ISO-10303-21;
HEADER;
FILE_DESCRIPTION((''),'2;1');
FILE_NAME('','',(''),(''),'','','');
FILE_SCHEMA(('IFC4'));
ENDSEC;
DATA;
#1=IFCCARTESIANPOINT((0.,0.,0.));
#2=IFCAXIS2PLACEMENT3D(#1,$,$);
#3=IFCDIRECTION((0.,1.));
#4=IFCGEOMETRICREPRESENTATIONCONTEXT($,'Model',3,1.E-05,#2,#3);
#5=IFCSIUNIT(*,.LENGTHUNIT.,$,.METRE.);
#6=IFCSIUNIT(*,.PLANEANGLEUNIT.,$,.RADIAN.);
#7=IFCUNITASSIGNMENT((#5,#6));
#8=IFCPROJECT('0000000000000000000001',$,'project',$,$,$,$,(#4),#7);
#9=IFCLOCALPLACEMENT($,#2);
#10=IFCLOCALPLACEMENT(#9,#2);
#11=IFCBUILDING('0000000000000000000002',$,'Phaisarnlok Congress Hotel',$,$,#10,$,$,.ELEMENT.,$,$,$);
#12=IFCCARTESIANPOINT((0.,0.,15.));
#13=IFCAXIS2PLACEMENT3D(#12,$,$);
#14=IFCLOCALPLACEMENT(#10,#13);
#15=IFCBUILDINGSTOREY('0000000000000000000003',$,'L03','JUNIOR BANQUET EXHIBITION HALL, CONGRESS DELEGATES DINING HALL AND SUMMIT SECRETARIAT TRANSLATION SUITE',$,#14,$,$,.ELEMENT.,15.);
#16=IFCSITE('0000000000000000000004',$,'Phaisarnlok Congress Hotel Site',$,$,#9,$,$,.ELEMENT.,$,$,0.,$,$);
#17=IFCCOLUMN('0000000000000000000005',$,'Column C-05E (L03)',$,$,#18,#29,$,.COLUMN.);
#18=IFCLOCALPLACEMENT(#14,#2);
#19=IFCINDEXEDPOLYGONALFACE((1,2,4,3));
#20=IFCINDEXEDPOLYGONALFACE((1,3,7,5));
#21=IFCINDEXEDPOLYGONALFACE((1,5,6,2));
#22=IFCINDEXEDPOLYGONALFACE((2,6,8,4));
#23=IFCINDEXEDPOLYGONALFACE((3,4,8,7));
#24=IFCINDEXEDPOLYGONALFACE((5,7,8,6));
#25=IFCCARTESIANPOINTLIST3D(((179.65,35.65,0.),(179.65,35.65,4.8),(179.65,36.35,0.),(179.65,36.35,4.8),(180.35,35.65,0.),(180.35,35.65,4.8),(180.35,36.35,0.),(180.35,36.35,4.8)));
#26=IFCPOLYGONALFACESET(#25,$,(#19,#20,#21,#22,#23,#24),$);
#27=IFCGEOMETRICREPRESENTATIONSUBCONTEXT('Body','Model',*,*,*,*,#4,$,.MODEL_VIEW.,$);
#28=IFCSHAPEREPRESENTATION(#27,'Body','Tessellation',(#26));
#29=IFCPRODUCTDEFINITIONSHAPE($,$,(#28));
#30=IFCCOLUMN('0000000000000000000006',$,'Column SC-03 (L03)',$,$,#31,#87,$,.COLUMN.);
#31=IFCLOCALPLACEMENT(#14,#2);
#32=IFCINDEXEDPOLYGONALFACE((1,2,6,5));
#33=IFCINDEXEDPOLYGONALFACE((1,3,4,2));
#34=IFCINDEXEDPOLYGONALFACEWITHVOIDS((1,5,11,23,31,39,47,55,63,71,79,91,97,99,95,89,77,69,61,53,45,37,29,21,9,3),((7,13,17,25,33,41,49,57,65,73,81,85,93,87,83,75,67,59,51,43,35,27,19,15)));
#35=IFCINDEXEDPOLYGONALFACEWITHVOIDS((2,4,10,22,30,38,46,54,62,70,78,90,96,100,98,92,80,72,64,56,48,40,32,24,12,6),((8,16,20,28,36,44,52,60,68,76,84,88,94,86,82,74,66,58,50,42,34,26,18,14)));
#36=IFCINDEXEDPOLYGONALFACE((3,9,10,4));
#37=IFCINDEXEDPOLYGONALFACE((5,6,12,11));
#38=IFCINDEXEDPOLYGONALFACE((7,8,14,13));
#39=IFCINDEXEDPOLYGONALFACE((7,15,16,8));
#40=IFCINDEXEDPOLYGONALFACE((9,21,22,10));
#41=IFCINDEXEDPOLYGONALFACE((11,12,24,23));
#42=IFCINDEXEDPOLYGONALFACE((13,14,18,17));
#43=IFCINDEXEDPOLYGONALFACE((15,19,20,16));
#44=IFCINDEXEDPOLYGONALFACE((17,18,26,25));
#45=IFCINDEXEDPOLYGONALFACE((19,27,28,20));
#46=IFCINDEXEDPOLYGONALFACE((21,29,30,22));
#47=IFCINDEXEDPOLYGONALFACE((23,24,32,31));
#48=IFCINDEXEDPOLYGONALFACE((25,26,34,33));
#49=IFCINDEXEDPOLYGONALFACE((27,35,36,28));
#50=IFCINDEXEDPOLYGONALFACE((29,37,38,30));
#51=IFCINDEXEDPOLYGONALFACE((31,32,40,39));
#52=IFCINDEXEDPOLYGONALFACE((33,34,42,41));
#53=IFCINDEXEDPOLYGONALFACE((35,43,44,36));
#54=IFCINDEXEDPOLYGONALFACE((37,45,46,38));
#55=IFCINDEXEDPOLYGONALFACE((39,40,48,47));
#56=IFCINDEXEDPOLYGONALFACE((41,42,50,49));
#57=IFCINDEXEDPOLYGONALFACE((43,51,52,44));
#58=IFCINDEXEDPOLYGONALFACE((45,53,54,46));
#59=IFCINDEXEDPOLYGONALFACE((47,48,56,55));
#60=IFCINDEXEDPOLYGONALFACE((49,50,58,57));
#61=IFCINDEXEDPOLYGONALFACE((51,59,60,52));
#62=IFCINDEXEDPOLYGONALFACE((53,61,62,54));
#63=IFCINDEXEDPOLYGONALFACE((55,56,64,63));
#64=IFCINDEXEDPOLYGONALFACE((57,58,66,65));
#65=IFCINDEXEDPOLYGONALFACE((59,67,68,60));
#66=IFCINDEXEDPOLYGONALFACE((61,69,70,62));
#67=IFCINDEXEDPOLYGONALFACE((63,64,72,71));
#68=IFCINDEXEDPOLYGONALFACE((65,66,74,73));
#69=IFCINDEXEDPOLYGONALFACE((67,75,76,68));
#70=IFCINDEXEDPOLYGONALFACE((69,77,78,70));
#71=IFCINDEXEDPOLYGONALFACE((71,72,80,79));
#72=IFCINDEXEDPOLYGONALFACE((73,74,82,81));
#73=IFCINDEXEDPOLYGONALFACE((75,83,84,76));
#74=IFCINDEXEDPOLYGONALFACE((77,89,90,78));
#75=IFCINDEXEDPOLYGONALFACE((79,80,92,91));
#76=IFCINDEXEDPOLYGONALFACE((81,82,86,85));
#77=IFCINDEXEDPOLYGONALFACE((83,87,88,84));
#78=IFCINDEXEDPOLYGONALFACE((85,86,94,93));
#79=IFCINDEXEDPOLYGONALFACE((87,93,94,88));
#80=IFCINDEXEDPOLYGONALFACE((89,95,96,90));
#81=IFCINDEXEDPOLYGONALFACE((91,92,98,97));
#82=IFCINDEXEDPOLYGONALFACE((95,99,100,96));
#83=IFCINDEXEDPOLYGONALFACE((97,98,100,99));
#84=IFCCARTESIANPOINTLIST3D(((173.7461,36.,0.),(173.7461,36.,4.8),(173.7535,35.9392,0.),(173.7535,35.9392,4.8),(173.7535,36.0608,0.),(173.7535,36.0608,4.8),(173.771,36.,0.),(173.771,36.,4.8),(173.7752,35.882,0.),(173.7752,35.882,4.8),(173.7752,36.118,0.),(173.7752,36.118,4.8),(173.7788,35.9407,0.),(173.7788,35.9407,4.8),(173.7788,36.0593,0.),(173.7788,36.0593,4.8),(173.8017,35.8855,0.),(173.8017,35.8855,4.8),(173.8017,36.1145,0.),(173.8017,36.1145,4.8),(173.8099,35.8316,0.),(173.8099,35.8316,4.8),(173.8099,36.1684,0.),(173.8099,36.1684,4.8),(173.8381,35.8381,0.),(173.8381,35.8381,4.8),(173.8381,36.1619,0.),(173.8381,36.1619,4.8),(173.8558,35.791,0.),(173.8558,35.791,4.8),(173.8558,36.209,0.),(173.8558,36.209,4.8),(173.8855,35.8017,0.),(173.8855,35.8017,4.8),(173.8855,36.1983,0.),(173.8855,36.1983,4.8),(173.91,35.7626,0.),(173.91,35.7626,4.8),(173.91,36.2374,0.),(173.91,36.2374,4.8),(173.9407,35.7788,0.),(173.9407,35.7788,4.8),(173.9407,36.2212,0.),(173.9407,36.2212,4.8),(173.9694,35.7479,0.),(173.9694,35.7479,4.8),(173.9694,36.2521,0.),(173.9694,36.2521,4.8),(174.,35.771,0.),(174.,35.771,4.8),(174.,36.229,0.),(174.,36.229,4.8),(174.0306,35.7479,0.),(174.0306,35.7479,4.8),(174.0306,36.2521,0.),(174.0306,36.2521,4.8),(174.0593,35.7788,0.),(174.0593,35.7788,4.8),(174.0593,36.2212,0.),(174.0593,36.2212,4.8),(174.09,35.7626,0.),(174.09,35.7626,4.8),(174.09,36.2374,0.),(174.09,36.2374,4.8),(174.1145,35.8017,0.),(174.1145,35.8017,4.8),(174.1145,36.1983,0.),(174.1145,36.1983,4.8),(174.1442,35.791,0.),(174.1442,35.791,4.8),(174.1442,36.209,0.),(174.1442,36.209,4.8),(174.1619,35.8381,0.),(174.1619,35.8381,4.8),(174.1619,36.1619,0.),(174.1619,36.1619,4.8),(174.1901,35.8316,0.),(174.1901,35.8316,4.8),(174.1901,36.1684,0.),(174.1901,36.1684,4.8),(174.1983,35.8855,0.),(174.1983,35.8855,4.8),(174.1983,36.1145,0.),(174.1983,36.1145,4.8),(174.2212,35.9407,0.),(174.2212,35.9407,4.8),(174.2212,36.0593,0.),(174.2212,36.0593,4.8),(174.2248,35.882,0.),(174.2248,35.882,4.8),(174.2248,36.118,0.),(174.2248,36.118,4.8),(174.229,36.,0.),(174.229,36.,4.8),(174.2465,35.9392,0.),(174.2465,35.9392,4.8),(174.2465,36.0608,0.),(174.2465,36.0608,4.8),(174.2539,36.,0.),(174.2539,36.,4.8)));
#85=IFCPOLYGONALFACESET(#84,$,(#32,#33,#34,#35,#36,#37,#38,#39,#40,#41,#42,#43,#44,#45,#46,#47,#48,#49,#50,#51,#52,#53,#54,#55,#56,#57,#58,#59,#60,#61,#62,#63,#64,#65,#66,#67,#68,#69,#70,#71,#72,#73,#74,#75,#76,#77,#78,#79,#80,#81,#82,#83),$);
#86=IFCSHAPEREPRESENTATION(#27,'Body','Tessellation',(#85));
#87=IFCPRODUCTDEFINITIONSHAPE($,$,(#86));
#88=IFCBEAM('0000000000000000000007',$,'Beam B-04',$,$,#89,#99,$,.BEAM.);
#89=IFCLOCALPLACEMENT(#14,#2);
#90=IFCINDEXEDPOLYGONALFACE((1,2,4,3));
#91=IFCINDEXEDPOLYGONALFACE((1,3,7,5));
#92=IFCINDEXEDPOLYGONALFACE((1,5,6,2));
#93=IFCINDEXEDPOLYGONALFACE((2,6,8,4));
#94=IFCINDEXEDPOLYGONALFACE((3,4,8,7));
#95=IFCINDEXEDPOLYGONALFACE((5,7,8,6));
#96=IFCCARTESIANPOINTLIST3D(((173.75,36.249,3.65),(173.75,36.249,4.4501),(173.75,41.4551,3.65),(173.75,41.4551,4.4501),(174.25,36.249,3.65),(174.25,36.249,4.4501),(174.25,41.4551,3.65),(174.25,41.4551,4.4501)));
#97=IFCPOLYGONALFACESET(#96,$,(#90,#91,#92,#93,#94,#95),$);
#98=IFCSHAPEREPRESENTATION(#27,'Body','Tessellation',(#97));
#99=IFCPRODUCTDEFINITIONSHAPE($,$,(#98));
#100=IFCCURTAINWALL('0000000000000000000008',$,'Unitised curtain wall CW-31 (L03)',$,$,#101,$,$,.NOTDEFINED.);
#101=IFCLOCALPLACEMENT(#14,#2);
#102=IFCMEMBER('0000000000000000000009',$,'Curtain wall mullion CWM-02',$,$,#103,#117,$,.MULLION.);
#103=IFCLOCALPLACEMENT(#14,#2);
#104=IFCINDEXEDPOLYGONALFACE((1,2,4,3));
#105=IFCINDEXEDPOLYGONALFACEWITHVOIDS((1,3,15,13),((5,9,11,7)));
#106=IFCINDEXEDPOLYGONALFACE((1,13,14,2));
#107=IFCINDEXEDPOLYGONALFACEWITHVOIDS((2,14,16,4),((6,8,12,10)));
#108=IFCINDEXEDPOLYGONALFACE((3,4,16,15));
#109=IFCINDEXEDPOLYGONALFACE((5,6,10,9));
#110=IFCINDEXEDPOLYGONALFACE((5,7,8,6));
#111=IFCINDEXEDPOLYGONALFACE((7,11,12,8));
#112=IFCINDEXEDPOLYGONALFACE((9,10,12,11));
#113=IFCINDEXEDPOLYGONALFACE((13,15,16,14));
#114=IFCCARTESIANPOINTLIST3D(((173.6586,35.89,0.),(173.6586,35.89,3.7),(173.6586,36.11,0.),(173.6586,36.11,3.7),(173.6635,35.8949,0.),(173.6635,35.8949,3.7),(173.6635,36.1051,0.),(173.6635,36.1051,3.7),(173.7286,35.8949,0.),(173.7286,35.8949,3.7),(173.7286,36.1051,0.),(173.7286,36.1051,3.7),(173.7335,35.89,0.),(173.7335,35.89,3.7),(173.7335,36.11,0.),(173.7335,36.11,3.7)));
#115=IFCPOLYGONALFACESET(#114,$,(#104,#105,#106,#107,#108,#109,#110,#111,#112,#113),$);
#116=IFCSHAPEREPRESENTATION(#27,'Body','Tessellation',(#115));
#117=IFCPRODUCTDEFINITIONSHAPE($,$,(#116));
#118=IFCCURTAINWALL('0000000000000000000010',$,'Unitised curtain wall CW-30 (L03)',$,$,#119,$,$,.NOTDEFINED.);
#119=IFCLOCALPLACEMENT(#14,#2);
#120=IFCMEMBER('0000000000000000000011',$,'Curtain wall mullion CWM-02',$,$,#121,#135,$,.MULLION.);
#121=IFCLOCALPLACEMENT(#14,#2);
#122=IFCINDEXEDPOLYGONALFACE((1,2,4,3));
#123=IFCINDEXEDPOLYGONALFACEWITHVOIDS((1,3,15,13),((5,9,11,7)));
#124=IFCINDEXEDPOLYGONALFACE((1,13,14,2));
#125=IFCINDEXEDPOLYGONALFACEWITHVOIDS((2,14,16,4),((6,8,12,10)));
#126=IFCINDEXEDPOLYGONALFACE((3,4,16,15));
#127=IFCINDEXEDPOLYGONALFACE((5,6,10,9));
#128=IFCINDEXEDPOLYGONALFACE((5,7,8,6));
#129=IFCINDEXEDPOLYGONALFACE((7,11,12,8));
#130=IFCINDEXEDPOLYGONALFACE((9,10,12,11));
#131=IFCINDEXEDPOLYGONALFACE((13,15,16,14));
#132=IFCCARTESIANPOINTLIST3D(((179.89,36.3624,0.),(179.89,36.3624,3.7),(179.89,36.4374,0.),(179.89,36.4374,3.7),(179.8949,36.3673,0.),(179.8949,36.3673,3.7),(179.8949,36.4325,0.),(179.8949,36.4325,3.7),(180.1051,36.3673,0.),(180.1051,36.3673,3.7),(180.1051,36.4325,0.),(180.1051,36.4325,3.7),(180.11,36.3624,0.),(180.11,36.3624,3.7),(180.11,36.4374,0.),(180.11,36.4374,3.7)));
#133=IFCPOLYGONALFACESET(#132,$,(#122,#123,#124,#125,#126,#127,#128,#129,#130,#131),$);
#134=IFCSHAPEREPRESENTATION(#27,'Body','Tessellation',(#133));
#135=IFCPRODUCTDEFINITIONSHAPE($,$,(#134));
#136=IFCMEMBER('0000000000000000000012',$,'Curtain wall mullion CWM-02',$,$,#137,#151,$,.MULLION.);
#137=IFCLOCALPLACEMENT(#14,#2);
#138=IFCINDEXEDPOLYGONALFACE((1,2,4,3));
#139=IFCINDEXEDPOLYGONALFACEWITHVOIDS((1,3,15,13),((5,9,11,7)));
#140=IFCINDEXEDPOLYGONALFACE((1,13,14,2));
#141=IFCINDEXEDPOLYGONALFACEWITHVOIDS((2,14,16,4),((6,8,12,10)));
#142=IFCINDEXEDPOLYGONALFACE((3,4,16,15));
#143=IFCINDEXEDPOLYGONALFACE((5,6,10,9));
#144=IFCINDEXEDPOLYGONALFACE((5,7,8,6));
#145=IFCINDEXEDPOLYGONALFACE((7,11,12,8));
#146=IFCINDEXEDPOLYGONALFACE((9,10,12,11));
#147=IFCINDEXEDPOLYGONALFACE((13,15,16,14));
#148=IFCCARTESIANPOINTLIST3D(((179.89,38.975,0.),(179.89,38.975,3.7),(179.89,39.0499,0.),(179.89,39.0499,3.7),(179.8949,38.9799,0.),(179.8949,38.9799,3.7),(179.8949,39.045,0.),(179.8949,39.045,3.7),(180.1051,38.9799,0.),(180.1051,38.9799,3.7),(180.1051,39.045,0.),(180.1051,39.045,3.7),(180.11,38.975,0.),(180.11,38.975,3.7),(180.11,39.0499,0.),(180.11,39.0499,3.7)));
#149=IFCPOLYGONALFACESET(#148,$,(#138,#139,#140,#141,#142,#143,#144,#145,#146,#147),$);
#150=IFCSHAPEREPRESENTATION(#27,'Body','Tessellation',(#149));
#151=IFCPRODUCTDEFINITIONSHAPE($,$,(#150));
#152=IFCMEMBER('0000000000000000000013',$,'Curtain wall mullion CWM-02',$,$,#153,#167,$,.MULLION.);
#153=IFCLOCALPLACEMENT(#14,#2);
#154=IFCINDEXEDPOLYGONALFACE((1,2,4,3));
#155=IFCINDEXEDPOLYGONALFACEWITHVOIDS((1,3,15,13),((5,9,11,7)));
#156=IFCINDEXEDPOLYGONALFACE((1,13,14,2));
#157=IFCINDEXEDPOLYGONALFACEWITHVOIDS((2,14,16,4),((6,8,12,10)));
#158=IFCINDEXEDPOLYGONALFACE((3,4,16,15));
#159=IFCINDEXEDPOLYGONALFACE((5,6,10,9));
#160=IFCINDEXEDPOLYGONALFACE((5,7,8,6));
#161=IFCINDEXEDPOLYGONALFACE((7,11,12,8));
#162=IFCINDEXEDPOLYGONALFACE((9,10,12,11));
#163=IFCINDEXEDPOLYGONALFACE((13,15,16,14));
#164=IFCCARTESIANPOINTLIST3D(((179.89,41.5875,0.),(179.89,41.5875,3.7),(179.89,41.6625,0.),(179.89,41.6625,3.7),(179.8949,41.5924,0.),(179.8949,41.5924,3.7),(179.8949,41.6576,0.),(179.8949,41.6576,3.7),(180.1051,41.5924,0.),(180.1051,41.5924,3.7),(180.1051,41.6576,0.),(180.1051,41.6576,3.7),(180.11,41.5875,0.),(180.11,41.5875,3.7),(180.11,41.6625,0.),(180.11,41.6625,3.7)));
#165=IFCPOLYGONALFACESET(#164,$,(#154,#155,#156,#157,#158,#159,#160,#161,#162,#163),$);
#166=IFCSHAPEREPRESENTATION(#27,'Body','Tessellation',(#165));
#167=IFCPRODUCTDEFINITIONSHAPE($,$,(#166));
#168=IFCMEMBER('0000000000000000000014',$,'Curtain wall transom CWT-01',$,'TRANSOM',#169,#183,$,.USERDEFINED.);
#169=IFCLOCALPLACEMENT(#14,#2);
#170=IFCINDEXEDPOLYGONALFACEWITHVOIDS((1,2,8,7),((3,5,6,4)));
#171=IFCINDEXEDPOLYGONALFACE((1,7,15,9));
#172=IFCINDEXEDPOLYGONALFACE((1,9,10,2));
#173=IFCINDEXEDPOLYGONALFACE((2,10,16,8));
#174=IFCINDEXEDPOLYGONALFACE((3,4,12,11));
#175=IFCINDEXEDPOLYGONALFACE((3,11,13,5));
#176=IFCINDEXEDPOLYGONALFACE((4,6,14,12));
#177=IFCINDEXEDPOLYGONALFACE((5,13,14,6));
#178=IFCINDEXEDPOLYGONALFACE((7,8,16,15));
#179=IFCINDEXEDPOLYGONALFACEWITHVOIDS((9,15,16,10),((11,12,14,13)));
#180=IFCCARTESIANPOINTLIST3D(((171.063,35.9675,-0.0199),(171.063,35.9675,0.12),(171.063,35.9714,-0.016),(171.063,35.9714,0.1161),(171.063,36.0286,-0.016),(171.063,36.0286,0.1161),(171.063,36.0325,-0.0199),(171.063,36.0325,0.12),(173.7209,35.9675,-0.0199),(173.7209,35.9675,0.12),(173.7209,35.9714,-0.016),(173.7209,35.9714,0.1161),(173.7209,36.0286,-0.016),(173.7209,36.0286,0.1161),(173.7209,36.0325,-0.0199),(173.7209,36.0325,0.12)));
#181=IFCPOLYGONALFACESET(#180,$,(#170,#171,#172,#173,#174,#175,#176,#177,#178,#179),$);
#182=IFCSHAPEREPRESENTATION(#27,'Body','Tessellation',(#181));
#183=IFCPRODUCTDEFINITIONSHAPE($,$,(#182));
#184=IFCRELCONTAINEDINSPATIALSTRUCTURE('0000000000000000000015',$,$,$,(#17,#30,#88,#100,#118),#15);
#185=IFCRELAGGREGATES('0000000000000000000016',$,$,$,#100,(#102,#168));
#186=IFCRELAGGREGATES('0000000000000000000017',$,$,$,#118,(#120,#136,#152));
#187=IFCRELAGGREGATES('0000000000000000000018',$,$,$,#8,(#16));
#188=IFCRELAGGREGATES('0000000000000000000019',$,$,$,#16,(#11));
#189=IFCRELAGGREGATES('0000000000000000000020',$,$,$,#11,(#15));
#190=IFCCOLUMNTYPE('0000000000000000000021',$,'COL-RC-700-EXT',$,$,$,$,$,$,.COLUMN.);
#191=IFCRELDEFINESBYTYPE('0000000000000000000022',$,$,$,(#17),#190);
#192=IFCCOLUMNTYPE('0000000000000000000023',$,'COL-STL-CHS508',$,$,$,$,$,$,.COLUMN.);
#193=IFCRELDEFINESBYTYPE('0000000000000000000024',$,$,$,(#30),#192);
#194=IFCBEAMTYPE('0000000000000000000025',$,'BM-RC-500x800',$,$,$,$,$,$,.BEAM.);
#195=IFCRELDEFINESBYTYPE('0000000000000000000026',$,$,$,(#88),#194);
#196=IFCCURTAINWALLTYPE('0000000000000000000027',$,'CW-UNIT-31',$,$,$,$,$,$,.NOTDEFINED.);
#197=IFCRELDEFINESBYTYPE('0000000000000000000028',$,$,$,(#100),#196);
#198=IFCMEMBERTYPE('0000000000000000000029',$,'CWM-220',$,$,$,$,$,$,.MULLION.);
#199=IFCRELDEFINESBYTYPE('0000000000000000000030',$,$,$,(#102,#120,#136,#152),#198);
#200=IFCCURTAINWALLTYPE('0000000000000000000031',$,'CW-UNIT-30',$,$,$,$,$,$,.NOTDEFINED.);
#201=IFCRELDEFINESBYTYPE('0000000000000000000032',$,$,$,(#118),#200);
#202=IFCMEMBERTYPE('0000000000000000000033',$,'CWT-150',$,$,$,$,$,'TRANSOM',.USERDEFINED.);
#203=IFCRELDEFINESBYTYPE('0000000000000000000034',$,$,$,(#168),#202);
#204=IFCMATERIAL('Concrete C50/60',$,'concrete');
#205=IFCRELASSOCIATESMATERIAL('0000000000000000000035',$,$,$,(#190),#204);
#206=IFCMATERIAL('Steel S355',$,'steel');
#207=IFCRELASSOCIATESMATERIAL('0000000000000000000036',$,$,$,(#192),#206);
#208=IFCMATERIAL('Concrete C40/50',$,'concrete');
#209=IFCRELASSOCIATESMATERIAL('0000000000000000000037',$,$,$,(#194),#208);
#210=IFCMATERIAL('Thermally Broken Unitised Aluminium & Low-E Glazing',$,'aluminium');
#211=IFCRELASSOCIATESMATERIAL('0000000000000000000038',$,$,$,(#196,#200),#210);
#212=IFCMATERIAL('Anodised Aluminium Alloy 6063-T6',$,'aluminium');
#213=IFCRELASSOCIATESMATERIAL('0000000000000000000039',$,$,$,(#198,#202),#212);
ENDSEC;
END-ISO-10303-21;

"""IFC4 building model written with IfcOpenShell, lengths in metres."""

from ifc_helpers import new_model, si_unit, direction, frame, origin, origin_2d, place, context, subcontext, project, spatial, rectangle, hollow_rectangle, hollow_circle, extrude, material, material_profile, profile_set, type_object, element, aggregate, save


model = new_model("IFC4")

# Units and contexts
model_context = context("Model", 3, precision=1e-05, world=origin(), true_north=direction((0.0, 1.0)))
body_context = subcontext(model_context, "Body", "Model", "MODEL_VIEW")
ifc_project = project(units=[si_unit("LENGTHUNIT", "METRE"), si_unit("PLANEANGLEUNIT", "RADIAN")], contexts=[model_context])

# Site, building, storey
site_placement = place(None, origin())
site = spatial("IfcSite", under=ifc_project, at=site_placement, Name="Phaisarnlok Congress Hotel Site", CompositionType="ELEMENT", RefElevation=0.0)
building_placement = place(site_placement, origin())
building = spatial("IfcBuilding", under=site, at=building_placement, Name="Phaisarnlok Congress Hotel", CompositionType="ELEMENT")
storey_placement = place(building_placement, frame((0.0, 0.0, 15.0)))
storey = spatial("IfcBuildingStorey", under=building, at=storey_placement, Name="L03", Description="JUNIOR BANQUET EXHIBITION HALL, CONGRESS DELEGATES DINING HALL AND SUMMIT SECRETARIAT TRANSLATION SUITE", CompositionType="ELEMENT", Elevation=15.0)

# Columns
ifc_material_1 = material(Name="Concrete C50/60", Category="concrete")
ifc_material_profile_1 = material_profile(ifc_material_1, rectangle(XDim=0.7, YDim=0.7, at=origin_2d()), Name="RC 700x700")
ifc_profile_set_1 = profile_set([ifc_material_profile_1], Name="Concrete C50/60")
column_type_1 = type_object("IfcColumnType", Name="COL-RC-700-EXT", PredefinedType="COLUMN", material=ifc_profile_set_1)
column_1_placement = place(storey_placement, frame((180.0, 36.0, 0.0), z_axis=(0.0, 0.0, 1.0), x_axis=(1.0, 0.0, 0.0)))
element("IfcColumn", 1, at=column_1_placement, inside=storey, type_object=column_type_1, Name="Column C-05E (L03)", PredefinedType="COLUMN", context=body_context, shape_type="SweptSolid", body=[
    extrude(rectangle(XDim=0.7, YDim=0.7, at=origin_2d()), origin(), (0.0, 0.0, 1.0), 4.8),
])
ifc_material_2 = material(Name="Steel S355", Category="steel")
ifc_material_profile_2 = material_profile(ifc_material_2, hollow_circle(Radius=0.2539, WallThickness=0.0249, at=origin_2d()), Name="CHS 508x25")
ifc_profile_set_2 = profile_set([ifc_material_profile_2], Name="Steel S355")
column_type_2 = type_object("IfcColumnType", Name="COL-STL-CHS508", PredefinedType="COLUMN", material=ifc_profile_set_2)
column_2_placement = place(storey_placement, frame((174.0, 36.0, 0.0), z_axis=(0.0, 0.0, 1.0), x_axis=(1.0, 0.0, 0.0)))
element("IfcColumn", 2, at=column_2_placement, inside=storey, type_object=column_type_2, Name="Column SC-03 (L03)", PredefinedType="COLUMN", context=body_context, shape_type="SweptSolid", body=[
    extrude(hollow_circle(Radius=0.2539, WallThickness=0.0249, at=origin_2d()), origin(), (0.0, 0.0, 1.0), 4.8),
])

# Beam
ifc_material_3 = material(Name="Concrete C40/50", Category="concrete")
ifc_material_profile_3 = material_profile(ifc_material_3, rectangle(XDim=0.5, YDim=0.8, at=origin_2d()), Name="RC 500x800")
ifc_profile_set_3 = profile_set([ifc_material_profile_3], Name="Concrete C40/50")
beam_type_1 = type_object("IfcBeamType", Name="BM-RC-500x800", PredefinedType="BEAM", material=ifc_profile_set_3)
beam_1_placement = place(storey_placement, frame((174.0, 36.249, 4.05), z_axis=(0.0, 1.0, 0.0), x_axis=(-1.0, 0.0, 0.0)))
element("IfcBeam", 3, at=beam_1_placement, inside=storey, type_object=beam_type_1, Name="Beam B-04", PredefinedType="BEAM", context=body_context, shape_type="SweptSolid", body=[
    extrude(rectangle(XDim=0.5, YDim=0.8, at=origin_2d()), origin(), (0.0, 0.0, 1.0), 5.2061),
])

# Curtain wall, member
ifc_material_4 = material(Name="Thermally Broken Unitised Aluminium & Low-E Glazing", Category="aluminium")
curtain_wall_type_1 = type_object("IfcCurtainWallType", Name="CW-UNIT-31", PredefinedType="NOTDEFINED", material=ifc_material_4)
curtain_wall_1_placement = place(storey_placement, origin())
curtain_wall_1 = element("IfcCurtainWall", 4, at=curtain_wall_1_placement, inside=storey, type_object=curtain_wall_type_1, Name="Unitised curtain wall CW-31 (L03)", PredefinedType="NOTDEFINED")
ifc_material_5 = material(Name="Anodised Aluminium Alloy 6063-T6", Category="aluminium")
ifc_material_profile_4 = material_profile(ifc_material_5, hollow_rectangle(XDim=0.075, YDim=0.22, WallThickness=0.0049, at=origin_2d()), Name="ALU-M 75x220x5")
ifc_profile_set_4 = profile_set([ifc_material_profile_4], Name="Anodised Aluminium Alloy 6063-T6")
member_type_1 = type_object("IfcMemberType", Name="CWM-220", PredefinedType="MULLION", material=ifc_profile_set_4)
member_1_placement = place(storey_placement, frame((173.696, 36.0, 0.0), z_axis=(0.0, 0.0, 1.0), x_axis=(1.0, 0.0, 0.0)))
member_1 = element("IfcMember", 5, at=member_1_placement, type_object=member_type_1, Name="Curtain wall mullion CWM-02", PredefinedType="MULLION", context=body_context, shape_type="SweptSolid", body=[
    extrude(hollow_rectangle(XDim=0.075, YDim=0.22, WallThickness=0.0049, at=origin_2d()), origin(), (0.0, 0.0, 1.0), 3.7),
])

# Curtain wall, members
curtain_wall_type_2 = type_object("IfcCurtainWallType", Name="CW-UNIT-30", PredefinedType="NOTDEFINED", material=ifc_material_4)
curtain_wall_2_placement = place(storey_placement, origin())
curtain_wall_2 = element("IfcCurtainWall", 6, at=curtain_wall_2_placement, inside=storey, type_object=curtain_wall_type_2, Name="Unitised curtain wall CW-30 (L03)", PredefinedType="NOTDEFINED")
member_2_placement = place(storey_placement, frame((180.0, 36.3999, 0.0), z_axis=(0.0, 0.0, 1.0), x_axis=(0.0, 1.0, 0.0)))
member_2 = element("IfcMember", 7, at=member_2_placement, type_object=member_type_1, Name="Curtain wall mullion CWM-02", PredefinedType="MULLION", context=body_context, shape_type="SweptSolid", body=[
    extrude(hollow_rectangle(XDim=0.075, YDim=0.22, WallThickness=0.0049, at=origin_2d()), origin(), (0.0, 0.0, 1.0), 3.7),
])
member_3_placement = place(storey_placement, frame((180.0, 39.0125, 0.0), z_axis=(0.0, 0.0, 1.0), x_axis=(0.0, 1.0, 0.0)))
member_3 = element("IfcMember", 8, at=member_3_placement, type_object=member_type_1, Name="Curtain wall mullion CWM-02", PredefinedType="MULLION", context=body_context, shape_type="SweptSolid", body=[
    extrude(hollow_rectangle(XDim=0.075, YDim=0.22, WallThickness=0.0049, at=origin_2d()), origin(), (0.0, 0.0, 1.0), 3.7),
])
member_4_placement = place(storey_placement, frame((180.0, 41.625, 0.0), z_axis=(0.0, 0.0, 1.0), x_axis=(0.0, 1.0, 0.0)))
member_4 = element("IfcMember", 9, at=member_4_placement, type_object=member_type_1, Name="Curtain wall mullion CWM-02", PredefinedType="MULLION", context=body_context, shape_type="SweptSolid", body=[
    extrude(hollow_rectangle(XDim=0.075, YDim=0.22, WallThickness=0.0049, at=origin_2d()), origin(), (0.0, 0.0, 1.0), 3.7),
])

# Member
ifc_material_profile_5 = material_profile(ifc_material_5, hollow_rectangle(XDim=0.0649, YDim=0.1399, WallThickness=0.0039, at=origin_2d()), Name="ALU-T 65x140x4")
ifc_profile_set_5 = profile_set([ifc_material_profile_5], Name="Anodised Aluminium Alloy 6063-T6")
member_type_2 = type_object("IfcMemberType", Name="CWT-150", ElementType="TRANSOM", PredefinedType="USERDEFINED", material=ifc_profile_set_5)
member_5_placement = place(storey_placement, frame((171.063, 36.0, 0.05), z_axis=(1.0, 0.0, 0.0), x_axis=(0.0, 1.0, 0.0)))
member_5 = element("IfcMember", 10, at=member_5_placement, type_object=member_type_2, Name="Curtain wall transom CWT-01", ObjectType="TRANSOM", PredefinedType="USERDEFINED", context=body_context, shape_type="SweptSolid", body=[
    extrude(hollow_rectangle(XDim=0.0649, YDim=0.1399, WallThickness=0.0039, at=origin_2d()), origin(), (0.0, 0.0, 1.0), 2.658),
])

aggregate(curtain_wall_1, [member_1, member_5])
aggregate(curtain_wall_2, [member_2, member_3, member_4])

save(model, "model.ifc")
